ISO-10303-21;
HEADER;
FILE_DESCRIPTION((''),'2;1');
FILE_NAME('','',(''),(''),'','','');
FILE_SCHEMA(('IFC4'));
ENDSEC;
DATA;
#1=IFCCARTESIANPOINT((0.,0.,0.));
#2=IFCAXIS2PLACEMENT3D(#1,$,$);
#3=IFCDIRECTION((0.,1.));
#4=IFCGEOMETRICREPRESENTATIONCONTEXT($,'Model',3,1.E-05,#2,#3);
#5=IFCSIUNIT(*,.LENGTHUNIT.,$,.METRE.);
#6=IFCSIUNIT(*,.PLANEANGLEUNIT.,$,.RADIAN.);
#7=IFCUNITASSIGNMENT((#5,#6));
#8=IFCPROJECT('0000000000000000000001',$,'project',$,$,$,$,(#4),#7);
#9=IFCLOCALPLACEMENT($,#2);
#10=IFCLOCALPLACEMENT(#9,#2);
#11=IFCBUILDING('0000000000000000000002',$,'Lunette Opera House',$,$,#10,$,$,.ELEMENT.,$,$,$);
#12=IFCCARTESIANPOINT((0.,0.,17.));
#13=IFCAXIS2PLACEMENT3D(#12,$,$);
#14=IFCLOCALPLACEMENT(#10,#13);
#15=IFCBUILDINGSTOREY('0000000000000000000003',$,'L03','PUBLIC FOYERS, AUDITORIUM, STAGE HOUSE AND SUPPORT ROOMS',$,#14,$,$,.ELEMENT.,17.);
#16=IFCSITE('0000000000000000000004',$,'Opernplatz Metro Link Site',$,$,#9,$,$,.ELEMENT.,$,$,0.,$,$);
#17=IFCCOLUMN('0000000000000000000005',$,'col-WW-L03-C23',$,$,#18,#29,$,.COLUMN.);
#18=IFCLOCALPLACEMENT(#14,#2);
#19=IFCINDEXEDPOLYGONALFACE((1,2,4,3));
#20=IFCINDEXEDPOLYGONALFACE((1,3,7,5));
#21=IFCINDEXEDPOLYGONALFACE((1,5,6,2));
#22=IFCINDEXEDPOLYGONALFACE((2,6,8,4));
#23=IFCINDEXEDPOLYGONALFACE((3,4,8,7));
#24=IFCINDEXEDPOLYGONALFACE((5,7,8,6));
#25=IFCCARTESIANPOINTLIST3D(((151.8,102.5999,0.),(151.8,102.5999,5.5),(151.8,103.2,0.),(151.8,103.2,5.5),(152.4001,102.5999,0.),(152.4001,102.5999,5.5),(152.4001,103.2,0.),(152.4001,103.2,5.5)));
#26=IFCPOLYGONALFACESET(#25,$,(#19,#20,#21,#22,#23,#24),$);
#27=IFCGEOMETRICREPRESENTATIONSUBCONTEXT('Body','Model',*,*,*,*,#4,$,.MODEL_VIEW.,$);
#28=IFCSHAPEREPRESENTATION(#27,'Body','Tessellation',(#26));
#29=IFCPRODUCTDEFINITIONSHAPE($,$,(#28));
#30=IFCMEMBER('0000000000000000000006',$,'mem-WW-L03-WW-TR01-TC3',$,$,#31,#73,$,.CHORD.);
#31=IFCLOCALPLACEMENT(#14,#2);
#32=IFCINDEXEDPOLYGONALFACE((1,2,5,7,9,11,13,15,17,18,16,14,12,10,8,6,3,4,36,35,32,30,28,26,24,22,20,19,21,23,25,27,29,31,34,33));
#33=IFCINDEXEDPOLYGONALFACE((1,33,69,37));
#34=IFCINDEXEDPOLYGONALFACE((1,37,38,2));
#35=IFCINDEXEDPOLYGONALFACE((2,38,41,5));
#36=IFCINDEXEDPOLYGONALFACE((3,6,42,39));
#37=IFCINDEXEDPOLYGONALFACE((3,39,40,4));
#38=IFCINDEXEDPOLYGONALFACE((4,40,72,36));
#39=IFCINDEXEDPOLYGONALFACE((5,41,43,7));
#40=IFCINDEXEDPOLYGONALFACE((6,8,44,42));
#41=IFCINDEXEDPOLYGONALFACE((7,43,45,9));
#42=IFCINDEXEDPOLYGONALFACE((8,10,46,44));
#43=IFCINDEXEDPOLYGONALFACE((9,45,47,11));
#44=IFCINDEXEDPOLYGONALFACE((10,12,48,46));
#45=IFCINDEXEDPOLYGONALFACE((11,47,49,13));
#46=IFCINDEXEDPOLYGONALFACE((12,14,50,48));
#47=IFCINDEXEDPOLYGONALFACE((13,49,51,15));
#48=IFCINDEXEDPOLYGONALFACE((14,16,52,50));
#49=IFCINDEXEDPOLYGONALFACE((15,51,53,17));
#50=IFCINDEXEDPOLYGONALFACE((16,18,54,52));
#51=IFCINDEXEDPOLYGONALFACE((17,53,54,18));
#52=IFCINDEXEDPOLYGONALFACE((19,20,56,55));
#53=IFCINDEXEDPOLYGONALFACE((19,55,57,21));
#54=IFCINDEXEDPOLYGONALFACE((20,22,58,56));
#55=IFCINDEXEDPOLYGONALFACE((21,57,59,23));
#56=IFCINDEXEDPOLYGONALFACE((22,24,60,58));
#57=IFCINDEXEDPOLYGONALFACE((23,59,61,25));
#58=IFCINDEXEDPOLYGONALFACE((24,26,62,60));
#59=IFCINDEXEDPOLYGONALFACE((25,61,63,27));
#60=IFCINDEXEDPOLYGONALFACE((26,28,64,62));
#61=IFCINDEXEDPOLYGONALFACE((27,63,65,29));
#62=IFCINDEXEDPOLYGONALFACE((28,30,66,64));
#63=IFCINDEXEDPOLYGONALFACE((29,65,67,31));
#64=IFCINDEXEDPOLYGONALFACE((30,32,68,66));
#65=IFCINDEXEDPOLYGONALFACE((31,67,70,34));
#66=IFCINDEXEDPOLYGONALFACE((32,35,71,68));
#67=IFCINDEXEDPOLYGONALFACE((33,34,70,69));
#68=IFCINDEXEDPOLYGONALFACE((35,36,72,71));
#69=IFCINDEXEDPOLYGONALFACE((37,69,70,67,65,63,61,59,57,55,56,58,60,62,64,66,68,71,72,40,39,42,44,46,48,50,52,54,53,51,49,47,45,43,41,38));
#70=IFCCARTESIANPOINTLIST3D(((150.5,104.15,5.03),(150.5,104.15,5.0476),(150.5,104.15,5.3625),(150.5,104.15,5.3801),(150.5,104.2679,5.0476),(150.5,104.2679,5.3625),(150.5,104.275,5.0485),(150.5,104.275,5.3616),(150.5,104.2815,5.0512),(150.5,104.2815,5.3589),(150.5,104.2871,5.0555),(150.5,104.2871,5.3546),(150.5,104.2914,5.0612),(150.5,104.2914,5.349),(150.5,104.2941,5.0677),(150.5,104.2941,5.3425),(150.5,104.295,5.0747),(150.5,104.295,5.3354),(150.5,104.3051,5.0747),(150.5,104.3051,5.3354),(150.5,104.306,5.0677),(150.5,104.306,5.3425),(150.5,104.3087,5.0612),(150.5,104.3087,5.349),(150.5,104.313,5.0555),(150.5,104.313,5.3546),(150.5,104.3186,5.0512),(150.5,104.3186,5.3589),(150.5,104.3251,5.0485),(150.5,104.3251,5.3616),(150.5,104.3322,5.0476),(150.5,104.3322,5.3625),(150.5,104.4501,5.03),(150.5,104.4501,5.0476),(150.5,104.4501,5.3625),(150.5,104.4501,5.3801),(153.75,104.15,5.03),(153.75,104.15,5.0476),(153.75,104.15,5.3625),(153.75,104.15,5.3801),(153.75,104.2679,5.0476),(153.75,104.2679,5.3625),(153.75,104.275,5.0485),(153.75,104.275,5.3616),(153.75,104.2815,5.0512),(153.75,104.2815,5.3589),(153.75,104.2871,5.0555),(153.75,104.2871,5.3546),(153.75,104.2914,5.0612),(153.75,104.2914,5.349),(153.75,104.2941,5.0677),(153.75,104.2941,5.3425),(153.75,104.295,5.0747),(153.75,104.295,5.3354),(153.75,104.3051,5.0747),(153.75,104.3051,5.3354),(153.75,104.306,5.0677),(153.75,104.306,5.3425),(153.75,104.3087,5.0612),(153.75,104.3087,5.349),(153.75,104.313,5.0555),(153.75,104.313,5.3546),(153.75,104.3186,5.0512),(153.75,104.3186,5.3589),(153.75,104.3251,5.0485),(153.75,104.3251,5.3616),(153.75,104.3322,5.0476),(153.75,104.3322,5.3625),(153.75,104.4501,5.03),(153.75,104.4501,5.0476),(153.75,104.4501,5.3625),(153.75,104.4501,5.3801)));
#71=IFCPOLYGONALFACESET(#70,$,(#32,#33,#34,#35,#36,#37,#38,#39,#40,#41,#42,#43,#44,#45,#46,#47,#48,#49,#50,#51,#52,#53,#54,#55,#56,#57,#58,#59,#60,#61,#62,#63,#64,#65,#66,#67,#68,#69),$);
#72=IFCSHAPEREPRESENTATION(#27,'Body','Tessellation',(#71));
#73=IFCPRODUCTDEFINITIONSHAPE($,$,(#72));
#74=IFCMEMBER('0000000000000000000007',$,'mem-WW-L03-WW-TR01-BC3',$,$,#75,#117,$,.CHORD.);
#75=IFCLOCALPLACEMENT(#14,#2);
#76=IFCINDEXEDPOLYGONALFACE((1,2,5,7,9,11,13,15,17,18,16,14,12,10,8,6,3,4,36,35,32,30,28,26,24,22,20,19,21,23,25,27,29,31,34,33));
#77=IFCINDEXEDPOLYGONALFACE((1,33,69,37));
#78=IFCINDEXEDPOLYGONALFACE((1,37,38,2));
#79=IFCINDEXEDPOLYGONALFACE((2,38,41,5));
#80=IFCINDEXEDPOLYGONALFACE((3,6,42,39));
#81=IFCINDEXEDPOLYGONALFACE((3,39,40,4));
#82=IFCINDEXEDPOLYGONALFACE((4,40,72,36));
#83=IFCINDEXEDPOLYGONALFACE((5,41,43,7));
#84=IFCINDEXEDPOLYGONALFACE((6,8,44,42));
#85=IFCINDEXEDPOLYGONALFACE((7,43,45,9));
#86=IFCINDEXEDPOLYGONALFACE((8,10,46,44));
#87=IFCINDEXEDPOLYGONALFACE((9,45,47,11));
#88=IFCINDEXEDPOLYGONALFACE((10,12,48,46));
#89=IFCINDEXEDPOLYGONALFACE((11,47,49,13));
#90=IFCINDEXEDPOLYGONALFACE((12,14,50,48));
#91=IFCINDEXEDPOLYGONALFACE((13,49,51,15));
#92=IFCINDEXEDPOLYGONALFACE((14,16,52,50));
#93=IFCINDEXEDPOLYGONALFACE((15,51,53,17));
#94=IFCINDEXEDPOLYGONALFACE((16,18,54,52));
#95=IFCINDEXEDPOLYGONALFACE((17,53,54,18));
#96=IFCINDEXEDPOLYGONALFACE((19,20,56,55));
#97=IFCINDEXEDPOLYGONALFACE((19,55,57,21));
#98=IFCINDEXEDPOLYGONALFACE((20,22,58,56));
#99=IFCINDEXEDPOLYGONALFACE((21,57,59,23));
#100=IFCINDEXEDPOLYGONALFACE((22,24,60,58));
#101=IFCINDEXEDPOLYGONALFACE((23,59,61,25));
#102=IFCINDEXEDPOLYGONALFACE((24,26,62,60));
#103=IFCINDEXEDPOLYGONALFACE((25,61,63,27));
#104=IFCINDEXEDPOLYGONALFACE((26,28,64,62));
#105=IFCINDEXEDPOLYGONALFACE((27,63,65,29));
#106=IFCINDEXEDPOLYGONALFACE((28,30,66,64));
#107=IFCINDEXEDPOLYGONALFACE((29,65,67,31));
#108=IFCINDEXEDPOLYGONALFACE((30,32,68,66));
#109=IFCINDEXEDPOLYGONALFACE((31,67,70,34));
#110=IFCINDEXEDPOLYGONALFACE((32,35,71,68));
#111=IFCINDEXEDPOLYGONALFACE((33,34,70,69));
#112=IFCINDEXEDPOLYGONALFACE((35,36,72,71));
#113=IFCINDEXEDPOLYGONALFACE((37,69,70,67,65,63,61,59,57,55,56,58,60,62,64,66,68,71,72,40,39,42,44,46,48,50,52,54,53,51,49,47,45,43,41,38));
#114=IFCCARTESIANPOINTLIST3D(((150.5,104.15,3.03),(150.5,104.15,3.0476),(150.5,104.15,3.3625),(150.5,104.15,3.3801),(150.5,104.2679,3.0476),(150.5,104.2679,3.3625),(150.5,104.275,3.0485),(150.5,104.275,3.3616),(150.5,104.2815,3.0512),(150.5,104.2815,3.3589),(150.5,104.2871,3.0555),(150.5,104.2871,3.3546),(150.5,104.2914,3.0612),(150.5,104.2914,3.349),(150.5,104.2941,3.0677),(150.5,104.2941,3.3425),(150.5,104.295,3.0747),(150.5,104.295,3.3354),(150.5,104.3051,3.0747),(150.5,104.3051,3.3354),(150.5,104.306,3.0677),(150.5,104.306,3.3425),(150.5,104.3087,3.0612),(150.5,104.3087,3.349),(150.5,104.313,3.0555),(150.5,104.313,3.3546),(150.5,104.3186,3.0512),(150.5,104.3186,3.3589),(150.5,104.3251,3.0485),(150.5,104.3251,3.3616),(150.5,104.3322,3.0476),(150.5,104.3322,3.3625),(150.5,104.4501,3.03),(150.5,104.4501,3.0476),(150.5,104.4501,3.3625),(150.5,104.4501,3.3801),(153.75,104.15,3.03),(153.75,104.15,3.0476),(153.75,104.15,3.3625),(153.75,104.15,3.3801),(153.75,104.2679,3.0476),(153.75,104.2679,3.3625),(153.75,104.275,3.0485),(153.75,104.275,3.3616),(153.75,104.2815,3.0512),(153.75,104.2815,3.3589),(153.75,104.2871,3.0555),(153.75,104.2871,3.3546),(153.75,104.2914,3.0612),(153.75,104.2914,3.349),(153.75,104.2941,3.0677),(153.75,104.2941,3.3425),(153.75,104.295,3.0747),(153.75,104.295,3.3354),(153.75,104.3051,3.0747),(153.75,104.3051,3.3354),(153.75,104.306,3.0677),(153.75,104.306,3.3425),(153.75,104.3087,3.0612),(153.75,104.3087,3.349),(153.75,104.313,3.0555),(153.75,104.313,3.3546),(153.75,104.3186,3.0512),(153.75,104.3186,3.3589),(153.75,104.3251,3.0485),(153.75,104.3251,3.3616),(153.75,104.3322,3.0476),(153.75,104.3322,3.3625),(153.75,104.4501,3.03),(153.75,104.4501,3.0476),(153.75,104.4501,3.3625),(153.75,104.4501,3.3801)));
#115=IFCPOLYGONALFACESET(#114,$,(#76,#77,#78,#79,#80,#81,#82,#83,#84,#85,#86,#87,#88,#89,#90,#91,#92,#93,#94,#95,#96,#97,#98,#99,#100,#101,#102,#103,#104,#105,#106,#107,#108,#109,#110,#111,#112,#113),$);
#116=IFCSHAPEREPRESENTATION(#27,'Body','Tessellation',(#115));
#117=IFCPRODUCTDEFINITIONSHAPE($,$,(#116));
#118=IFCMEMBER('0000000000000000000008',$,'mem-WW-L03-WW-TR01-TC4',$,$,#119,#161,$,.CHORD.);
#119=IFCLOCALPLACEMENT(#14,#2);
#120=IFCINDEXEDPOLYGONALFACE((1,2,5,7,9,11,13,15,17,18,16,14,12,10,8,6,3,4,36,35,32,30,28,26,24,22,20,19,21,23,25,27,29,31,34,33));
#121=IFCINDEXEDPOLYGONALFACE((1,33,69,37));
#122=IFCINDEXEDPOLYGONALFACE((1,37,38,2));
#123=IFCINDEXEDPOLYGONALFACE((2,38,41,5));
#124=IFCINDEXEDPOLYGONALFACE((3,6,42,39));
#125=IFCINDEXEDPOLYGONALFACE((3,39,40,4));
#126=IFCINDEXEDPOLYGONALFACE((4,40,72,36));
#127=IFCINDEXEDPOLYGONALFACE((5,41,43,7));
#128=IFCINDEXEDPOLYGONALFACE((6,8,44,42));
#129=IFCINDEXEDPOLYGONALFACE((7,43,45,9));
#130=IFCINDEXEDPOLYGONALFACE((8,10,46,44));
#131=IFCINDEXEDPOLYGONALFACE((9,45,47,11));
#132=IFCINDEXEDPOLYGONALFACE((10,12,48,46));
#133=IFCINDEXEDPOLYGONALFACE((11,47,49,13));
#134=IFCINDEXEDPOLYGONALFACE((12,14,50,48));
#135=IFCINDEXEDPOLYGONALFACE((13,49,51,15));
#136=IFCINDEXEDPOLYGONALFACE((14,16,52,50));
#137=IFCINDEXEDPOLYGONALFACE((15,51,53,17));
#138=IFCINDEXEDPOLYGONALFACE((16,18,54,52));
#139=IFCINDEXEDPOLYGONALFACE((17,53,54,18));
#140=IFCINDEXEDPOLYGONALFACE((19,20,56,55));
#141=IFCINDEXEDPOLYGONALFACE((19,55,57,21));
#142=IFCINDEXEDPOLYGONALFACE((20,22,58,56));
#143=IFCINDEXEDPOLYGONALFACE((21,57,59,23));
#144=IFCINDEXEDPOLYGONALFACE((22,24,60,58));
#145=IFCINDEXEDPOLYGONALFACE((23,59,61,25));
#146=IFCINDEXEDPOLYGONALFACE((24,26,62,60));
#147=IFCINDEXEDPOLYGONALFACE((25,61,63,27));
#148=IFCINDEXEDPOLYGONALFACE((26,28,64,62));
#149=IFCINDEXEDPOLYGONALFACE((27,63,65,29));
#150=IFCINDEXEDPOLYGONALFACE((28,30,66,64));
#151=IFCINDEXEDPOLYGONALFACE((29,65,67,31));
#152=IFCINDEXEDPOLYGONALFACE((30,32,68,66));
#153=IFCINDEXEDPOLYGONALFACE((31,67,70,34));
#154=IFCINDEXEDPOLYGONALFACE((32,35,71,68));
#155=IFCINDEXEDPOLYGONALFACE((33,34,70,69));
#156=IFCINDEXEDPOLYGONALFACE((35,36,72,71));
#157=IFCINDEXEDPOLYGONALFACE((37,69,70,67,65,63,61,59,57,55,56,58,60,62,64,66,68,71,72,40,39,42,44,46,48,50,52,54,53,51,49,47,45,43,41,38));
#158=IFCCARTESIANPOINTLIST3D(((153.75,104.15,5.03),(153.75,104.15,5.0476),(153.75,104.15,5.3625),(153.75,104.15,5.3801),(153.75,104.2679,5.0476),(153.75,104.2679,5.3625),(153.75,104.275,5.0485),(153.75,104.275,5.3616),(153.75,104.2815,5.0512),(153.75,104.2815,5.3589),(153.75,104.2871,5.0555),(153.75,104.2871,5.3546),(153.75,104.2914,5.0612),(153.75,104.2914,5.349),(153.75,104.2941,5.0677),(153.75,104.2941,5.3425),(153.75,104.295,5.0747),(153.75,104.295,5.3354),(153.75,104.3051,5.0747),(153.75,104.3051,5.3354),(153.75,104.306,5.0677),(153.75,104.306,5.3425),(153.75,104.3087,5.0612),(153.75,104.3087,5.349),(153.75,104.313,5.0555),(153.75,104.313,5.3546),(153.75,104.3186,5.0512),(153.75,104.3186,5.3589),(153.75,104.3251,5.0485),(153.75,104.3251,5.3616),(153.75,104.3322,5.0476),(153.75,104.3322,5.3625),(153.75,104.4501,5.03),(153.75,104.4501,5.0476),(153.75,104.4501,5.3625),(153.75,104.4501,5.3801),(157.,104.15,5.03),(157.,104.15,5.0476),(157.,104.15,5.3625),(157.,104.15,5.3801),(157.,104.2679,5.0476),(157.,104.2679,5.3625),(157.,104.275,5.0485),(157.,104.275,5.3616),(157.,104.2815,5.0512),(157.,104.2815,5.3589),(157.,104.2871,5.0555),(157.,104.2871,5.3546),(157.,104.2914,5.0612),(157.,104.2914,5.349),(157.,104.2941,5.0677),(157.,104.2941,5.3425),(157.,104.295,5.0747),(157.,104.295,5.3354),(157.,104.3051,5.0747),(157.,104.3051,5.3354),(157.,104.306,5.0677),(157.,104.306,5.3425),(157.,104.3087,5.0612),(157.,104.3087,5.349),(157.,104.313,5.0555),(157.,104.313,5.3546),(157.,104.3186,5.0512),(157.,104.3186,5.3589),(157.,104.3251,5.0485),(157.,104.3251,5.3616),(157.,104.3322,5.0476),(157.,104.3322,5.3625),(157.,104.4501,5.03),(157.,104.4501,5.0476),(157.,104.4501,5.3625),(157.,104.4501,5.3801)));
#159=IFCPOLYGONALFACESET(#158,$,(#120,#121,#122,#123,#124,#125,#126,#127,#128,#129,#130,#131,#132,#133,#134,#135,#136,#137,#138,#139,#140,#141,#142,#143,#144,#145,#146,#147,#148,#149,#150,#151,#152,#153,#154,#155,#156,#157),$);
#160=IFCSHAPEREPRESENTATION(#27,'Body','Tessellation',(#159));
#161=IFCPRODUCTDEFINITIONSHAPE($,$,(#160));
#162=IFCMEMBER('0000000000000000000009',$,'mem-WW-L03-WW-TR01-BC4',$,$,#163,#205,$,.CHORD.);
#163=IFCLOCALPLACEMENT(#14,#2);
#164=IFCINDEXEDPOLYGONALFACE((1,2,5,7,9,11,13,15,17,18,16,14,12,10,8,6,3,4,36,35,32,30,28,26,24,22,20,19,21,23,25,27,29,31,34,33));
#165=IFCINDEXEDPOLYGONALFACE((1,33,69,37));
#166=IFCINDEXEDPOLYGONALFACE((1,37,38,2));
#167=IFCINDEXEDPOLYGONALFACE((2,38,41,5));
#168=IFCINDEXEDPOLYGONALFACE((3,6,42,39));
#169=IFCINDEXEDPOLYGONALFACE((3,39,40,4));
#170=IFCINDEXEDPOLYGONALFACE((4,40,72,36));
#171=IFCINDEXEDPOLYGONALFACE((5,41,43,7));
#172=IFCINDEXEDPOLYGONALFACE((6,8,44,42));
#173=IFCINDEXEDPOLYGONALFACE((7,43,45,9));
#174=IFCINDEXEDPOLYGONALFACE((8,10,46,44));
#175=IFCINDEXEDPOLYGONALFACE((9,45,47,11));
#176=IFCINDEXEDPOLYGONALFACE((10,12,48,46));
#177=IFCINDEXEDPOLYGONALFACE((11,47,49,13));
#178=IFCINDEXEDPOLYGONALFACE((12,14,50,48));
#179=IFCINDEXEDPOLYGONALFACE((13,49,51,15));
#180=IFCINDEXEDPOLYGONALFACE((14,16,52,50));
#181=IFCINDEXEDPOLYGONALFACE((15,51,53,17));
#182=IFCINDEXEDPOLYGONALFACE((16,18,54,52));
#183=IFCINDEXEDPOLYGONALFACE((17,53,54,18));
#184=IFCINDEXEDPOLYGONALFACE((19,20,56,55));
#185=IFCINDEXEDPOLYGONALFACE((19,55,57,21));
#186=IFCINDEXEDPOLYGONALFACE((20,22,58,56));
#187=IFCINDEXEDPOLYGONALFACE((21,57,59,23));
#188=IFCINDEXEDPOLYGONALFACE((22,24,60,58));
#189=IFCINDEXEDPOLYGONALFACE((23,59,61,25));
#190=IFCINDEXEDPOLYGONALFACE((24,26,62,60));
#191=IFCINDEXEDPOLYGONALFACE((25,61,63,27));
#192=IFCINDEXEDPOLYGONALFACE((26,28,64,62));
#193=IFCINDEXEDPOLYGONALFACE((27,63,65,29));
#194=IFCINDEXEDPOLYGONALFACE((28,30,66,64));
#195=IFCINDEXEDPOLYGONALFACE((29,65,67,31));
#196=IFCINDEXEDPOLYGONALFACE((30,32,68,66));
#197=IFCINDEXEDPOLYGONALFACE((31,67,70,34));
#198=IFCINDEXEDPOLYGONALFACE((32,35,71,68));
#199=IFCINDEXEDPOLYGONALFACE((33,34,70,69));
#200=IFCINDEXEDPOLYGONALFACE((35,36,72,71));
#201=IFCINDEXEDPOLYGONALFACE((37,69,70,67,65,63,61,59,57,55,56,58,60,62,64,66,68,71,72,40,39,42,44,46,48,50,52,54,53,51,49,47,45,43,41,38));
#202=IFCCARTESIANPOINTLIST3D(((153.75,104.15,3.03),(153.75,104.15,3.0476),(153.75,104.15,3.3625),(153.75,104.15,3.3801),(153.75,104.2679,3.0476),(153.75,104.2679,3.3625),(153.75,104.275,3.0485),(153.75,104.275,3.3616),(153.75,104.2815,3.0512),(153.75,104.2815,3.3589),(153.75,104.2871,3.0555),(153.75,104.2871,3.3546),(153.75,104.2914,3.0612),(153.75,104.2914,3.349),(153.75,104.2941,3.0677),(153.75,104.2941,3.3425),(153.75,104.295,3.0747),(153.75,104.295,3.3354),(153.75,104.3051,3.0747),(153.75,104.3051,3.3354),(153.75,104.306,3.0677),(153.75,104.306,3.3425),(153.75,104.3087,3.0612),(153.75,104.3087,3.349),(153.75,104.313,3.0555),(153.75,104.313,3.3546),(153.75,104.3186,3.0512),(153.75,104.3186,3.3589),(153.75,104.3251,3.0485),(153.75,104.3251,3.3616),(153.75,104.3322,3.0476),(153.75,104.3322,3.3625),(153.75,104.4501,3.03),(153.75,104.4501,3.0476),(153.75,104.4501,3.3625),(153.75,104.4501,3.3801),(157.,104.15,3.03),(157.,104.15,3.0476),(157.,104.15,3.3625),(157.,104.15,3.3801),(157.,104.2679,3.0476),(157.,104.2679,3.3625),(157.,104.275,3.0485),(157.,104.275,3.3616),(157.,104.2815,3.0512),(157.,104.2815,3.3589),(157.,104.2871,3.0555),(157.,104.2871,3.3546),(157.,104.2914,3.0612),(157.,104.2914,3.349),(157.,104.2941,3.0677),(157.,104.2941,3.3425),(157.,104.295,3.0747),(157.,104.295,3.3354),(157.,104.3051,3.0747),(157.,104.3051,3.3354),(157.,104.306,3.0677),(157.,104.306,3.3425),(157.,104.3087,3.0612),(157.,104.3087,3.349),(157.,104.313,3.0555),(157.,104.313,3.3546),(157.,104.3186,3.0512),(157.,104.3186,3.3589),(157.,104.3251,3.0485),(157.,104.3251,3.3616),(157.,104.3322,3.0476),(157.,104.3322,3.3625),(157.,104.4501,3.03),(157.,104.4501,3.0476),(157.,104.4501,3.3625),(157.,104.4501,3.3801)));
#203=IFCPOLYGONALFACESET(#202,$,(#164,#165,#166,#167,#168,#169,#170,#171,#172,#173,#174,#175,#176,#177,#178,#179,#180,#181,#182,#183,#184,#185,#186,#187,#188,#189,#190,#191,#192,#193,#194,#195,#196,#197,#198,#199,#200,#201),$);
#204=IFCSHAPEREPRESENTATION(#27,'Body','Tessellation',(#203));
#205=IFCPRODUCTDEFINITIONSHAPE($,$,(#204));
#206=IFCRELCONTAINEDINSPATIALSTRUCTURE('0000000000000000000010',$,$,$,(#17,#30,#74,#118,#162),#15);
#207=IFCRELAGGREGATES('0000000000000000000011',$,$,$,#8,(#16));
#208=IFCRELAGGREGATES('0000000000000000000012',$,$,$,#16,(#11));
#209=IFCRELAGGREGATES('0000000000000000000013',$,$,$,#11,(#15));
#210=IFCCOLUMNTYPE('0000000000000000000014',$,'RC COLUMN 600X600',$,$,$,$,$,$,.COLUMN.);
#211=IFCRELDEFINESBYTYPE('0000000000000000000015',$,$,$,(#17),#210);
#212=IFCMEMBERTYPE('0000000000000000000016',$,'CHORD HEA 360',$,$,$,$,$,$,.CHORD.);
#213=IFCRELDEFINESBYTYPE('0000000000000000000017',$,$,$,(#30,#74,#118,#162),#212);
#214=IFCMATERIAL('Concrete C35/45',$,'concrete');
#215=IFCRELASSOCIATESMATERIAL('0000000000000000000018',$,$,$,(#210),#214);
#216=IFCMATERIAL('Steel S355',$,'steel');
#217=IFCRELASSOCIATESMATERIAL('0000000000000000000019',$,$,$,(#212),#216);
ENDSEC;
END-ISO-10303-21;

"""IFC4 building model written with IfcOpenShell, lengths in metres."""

from ifc_helpers import new_model, si_unit, direction, frame, origin, origin_2d, place, context, subcontext, project, spatial, rectangle, i_section, extrude, material, material_profile, profile_set, type_object, element, save


model = new_model("IFC4")

# Units and contexts
model_context = context("Model", 3, precision=1e-05, world=origin(), true_north=direction((0.0, 1.0)))
body_context = subcontext(model_context, "Body", "Model", "MODEL_VIEW")
ifc_project = project(units=[si_unit("LENGTHUNIT", "METRE"), si_unit("PLANEANGLEUNIT", "RADIAN")], contexts=[model_context])

# Site, building, storey
site_placement = place(None, origin())
site = spatial("IfcSite", under=ifc_project, at=site_placement, Name="Opernplatz Metro Link Site", CompositionType="ELEMENT", RefElevation=0.0)
building_placement = place(site_placement, origin())
building = spatial("IfcBuilding", under=site, at=building_placement, Name="Lunette Opera House", CompositionType="ELEMENT")
storey_placement = place(building_placement, frame((0.0, 0.0, 17.0)))
storey = spatial("IfcBuildingStorey", under=building, at=storey_placement, Name="L03", Description="PUBLIC FOYERS, AUDITORIUM, STAGE HOUSE AND SUPPORT ROOMS", CompositionType="ELEMENT", Elevation=17.0)

# Column
ifc_material_1 = material(Name="Concrete C35/45", Category="concrete")
ifc_material_profile_1 = material_profile(ifc_material_1, rectangle(XDim=0.6001, YDim=0.6001, at=origin_2d()), Name="RC COLUMN 600X600")
ifc_profile_set_1 = profile_set([ifc_material_profile_1], Name="Concrete C35/45")
column_type = type_object("IfcColumnType", Name="RC COLUMN 600X600", PredefinedType="COLUMN", material=ifc_profile_set_1)
column_placement = place(storey_placement, frame((152.1001, 102.8999, 0.0), z_axis=(0.0, 0.0, 1.0), x_axis=(1.0, 0.0, 0.0)))
element("IfcColumn", 1, at=column_placement, inside=storey, type_object=column_type, Name="col-WW-L03-C23", PredefinedType="COLUMN", context=body_context, shape_type="SweptSolid", body=[
    extrude(rectangle(XDim=0.6001, YDim=0.6001, at=origin_2d()), origin(), (0.0, 0.0, 1.0), 5.5),
])

# Members
ifc_material_2 = material(Name="Steel S355", Category="steel")
ifc_material_profile_2 = material_profile(ifc_material_2, i_section(OverallWidth=0.3, OverallDepth=0.3501, WebThickness=0.01, FlangeThickness=0.0176, FilletRadius=0.0271, at=origin_2d()), Name="HEA 360")
ifc_profile_set_2 = profile_set([ifc_material_profile_2], Name="Steel S355")
member_type_1 = type_object("IfcMemberType", Name="CHORD HEA 360", PredefinedType="CHORD", material=ifc_profile_set_2)
for number, where, z_axis, x_axis, name in (
    (2, (150.5, 104.3, 5.2051), (1.0, 0.0, 0.0), (0.0, 1.0, 0.0), "mem-WW-L03-WW-TR01-TC3"),
    (3, (150.5, 104.3, 3.2051), (1.0, 0.0, 0.0), (0.0, 1.0, 0.0), "mem-WW-L03-WW-TR01-BC3"),
    (4, (153.75, 104.3, 5.2051), (1.0, 0.0, 0.0), (0.0, 1.0, 0.0), "mem-WW-L03-WW-TR01-TC4"),
    (5, (153.75, 104.3, 3.2051), (1.0, 0.0, 0.0), (0.0, 1.0, 0.0), "mem-WW-L03-WW-TR01-BC4"),
):
    element("IfcMember", number, at=place(storey_placement, frame(where, z_axis=z_axis, x_axis=x_axis)), inside=storey, type_object=member_type_1, Name=name, PredefinedType="CHORD", context=body_context, shape_type="SweptSolid", body=[
        extrude(i_section(OverallWidth=0.3, OverallDepth=0.3501, WebThickness=0.01, FlangeThickness=0.0176, FilletRadius=0.0271, at=origin_2d()), origin(), (0.0, 0.0, 1.0), 3.25),
    ])

save(model, "model.ifc")
